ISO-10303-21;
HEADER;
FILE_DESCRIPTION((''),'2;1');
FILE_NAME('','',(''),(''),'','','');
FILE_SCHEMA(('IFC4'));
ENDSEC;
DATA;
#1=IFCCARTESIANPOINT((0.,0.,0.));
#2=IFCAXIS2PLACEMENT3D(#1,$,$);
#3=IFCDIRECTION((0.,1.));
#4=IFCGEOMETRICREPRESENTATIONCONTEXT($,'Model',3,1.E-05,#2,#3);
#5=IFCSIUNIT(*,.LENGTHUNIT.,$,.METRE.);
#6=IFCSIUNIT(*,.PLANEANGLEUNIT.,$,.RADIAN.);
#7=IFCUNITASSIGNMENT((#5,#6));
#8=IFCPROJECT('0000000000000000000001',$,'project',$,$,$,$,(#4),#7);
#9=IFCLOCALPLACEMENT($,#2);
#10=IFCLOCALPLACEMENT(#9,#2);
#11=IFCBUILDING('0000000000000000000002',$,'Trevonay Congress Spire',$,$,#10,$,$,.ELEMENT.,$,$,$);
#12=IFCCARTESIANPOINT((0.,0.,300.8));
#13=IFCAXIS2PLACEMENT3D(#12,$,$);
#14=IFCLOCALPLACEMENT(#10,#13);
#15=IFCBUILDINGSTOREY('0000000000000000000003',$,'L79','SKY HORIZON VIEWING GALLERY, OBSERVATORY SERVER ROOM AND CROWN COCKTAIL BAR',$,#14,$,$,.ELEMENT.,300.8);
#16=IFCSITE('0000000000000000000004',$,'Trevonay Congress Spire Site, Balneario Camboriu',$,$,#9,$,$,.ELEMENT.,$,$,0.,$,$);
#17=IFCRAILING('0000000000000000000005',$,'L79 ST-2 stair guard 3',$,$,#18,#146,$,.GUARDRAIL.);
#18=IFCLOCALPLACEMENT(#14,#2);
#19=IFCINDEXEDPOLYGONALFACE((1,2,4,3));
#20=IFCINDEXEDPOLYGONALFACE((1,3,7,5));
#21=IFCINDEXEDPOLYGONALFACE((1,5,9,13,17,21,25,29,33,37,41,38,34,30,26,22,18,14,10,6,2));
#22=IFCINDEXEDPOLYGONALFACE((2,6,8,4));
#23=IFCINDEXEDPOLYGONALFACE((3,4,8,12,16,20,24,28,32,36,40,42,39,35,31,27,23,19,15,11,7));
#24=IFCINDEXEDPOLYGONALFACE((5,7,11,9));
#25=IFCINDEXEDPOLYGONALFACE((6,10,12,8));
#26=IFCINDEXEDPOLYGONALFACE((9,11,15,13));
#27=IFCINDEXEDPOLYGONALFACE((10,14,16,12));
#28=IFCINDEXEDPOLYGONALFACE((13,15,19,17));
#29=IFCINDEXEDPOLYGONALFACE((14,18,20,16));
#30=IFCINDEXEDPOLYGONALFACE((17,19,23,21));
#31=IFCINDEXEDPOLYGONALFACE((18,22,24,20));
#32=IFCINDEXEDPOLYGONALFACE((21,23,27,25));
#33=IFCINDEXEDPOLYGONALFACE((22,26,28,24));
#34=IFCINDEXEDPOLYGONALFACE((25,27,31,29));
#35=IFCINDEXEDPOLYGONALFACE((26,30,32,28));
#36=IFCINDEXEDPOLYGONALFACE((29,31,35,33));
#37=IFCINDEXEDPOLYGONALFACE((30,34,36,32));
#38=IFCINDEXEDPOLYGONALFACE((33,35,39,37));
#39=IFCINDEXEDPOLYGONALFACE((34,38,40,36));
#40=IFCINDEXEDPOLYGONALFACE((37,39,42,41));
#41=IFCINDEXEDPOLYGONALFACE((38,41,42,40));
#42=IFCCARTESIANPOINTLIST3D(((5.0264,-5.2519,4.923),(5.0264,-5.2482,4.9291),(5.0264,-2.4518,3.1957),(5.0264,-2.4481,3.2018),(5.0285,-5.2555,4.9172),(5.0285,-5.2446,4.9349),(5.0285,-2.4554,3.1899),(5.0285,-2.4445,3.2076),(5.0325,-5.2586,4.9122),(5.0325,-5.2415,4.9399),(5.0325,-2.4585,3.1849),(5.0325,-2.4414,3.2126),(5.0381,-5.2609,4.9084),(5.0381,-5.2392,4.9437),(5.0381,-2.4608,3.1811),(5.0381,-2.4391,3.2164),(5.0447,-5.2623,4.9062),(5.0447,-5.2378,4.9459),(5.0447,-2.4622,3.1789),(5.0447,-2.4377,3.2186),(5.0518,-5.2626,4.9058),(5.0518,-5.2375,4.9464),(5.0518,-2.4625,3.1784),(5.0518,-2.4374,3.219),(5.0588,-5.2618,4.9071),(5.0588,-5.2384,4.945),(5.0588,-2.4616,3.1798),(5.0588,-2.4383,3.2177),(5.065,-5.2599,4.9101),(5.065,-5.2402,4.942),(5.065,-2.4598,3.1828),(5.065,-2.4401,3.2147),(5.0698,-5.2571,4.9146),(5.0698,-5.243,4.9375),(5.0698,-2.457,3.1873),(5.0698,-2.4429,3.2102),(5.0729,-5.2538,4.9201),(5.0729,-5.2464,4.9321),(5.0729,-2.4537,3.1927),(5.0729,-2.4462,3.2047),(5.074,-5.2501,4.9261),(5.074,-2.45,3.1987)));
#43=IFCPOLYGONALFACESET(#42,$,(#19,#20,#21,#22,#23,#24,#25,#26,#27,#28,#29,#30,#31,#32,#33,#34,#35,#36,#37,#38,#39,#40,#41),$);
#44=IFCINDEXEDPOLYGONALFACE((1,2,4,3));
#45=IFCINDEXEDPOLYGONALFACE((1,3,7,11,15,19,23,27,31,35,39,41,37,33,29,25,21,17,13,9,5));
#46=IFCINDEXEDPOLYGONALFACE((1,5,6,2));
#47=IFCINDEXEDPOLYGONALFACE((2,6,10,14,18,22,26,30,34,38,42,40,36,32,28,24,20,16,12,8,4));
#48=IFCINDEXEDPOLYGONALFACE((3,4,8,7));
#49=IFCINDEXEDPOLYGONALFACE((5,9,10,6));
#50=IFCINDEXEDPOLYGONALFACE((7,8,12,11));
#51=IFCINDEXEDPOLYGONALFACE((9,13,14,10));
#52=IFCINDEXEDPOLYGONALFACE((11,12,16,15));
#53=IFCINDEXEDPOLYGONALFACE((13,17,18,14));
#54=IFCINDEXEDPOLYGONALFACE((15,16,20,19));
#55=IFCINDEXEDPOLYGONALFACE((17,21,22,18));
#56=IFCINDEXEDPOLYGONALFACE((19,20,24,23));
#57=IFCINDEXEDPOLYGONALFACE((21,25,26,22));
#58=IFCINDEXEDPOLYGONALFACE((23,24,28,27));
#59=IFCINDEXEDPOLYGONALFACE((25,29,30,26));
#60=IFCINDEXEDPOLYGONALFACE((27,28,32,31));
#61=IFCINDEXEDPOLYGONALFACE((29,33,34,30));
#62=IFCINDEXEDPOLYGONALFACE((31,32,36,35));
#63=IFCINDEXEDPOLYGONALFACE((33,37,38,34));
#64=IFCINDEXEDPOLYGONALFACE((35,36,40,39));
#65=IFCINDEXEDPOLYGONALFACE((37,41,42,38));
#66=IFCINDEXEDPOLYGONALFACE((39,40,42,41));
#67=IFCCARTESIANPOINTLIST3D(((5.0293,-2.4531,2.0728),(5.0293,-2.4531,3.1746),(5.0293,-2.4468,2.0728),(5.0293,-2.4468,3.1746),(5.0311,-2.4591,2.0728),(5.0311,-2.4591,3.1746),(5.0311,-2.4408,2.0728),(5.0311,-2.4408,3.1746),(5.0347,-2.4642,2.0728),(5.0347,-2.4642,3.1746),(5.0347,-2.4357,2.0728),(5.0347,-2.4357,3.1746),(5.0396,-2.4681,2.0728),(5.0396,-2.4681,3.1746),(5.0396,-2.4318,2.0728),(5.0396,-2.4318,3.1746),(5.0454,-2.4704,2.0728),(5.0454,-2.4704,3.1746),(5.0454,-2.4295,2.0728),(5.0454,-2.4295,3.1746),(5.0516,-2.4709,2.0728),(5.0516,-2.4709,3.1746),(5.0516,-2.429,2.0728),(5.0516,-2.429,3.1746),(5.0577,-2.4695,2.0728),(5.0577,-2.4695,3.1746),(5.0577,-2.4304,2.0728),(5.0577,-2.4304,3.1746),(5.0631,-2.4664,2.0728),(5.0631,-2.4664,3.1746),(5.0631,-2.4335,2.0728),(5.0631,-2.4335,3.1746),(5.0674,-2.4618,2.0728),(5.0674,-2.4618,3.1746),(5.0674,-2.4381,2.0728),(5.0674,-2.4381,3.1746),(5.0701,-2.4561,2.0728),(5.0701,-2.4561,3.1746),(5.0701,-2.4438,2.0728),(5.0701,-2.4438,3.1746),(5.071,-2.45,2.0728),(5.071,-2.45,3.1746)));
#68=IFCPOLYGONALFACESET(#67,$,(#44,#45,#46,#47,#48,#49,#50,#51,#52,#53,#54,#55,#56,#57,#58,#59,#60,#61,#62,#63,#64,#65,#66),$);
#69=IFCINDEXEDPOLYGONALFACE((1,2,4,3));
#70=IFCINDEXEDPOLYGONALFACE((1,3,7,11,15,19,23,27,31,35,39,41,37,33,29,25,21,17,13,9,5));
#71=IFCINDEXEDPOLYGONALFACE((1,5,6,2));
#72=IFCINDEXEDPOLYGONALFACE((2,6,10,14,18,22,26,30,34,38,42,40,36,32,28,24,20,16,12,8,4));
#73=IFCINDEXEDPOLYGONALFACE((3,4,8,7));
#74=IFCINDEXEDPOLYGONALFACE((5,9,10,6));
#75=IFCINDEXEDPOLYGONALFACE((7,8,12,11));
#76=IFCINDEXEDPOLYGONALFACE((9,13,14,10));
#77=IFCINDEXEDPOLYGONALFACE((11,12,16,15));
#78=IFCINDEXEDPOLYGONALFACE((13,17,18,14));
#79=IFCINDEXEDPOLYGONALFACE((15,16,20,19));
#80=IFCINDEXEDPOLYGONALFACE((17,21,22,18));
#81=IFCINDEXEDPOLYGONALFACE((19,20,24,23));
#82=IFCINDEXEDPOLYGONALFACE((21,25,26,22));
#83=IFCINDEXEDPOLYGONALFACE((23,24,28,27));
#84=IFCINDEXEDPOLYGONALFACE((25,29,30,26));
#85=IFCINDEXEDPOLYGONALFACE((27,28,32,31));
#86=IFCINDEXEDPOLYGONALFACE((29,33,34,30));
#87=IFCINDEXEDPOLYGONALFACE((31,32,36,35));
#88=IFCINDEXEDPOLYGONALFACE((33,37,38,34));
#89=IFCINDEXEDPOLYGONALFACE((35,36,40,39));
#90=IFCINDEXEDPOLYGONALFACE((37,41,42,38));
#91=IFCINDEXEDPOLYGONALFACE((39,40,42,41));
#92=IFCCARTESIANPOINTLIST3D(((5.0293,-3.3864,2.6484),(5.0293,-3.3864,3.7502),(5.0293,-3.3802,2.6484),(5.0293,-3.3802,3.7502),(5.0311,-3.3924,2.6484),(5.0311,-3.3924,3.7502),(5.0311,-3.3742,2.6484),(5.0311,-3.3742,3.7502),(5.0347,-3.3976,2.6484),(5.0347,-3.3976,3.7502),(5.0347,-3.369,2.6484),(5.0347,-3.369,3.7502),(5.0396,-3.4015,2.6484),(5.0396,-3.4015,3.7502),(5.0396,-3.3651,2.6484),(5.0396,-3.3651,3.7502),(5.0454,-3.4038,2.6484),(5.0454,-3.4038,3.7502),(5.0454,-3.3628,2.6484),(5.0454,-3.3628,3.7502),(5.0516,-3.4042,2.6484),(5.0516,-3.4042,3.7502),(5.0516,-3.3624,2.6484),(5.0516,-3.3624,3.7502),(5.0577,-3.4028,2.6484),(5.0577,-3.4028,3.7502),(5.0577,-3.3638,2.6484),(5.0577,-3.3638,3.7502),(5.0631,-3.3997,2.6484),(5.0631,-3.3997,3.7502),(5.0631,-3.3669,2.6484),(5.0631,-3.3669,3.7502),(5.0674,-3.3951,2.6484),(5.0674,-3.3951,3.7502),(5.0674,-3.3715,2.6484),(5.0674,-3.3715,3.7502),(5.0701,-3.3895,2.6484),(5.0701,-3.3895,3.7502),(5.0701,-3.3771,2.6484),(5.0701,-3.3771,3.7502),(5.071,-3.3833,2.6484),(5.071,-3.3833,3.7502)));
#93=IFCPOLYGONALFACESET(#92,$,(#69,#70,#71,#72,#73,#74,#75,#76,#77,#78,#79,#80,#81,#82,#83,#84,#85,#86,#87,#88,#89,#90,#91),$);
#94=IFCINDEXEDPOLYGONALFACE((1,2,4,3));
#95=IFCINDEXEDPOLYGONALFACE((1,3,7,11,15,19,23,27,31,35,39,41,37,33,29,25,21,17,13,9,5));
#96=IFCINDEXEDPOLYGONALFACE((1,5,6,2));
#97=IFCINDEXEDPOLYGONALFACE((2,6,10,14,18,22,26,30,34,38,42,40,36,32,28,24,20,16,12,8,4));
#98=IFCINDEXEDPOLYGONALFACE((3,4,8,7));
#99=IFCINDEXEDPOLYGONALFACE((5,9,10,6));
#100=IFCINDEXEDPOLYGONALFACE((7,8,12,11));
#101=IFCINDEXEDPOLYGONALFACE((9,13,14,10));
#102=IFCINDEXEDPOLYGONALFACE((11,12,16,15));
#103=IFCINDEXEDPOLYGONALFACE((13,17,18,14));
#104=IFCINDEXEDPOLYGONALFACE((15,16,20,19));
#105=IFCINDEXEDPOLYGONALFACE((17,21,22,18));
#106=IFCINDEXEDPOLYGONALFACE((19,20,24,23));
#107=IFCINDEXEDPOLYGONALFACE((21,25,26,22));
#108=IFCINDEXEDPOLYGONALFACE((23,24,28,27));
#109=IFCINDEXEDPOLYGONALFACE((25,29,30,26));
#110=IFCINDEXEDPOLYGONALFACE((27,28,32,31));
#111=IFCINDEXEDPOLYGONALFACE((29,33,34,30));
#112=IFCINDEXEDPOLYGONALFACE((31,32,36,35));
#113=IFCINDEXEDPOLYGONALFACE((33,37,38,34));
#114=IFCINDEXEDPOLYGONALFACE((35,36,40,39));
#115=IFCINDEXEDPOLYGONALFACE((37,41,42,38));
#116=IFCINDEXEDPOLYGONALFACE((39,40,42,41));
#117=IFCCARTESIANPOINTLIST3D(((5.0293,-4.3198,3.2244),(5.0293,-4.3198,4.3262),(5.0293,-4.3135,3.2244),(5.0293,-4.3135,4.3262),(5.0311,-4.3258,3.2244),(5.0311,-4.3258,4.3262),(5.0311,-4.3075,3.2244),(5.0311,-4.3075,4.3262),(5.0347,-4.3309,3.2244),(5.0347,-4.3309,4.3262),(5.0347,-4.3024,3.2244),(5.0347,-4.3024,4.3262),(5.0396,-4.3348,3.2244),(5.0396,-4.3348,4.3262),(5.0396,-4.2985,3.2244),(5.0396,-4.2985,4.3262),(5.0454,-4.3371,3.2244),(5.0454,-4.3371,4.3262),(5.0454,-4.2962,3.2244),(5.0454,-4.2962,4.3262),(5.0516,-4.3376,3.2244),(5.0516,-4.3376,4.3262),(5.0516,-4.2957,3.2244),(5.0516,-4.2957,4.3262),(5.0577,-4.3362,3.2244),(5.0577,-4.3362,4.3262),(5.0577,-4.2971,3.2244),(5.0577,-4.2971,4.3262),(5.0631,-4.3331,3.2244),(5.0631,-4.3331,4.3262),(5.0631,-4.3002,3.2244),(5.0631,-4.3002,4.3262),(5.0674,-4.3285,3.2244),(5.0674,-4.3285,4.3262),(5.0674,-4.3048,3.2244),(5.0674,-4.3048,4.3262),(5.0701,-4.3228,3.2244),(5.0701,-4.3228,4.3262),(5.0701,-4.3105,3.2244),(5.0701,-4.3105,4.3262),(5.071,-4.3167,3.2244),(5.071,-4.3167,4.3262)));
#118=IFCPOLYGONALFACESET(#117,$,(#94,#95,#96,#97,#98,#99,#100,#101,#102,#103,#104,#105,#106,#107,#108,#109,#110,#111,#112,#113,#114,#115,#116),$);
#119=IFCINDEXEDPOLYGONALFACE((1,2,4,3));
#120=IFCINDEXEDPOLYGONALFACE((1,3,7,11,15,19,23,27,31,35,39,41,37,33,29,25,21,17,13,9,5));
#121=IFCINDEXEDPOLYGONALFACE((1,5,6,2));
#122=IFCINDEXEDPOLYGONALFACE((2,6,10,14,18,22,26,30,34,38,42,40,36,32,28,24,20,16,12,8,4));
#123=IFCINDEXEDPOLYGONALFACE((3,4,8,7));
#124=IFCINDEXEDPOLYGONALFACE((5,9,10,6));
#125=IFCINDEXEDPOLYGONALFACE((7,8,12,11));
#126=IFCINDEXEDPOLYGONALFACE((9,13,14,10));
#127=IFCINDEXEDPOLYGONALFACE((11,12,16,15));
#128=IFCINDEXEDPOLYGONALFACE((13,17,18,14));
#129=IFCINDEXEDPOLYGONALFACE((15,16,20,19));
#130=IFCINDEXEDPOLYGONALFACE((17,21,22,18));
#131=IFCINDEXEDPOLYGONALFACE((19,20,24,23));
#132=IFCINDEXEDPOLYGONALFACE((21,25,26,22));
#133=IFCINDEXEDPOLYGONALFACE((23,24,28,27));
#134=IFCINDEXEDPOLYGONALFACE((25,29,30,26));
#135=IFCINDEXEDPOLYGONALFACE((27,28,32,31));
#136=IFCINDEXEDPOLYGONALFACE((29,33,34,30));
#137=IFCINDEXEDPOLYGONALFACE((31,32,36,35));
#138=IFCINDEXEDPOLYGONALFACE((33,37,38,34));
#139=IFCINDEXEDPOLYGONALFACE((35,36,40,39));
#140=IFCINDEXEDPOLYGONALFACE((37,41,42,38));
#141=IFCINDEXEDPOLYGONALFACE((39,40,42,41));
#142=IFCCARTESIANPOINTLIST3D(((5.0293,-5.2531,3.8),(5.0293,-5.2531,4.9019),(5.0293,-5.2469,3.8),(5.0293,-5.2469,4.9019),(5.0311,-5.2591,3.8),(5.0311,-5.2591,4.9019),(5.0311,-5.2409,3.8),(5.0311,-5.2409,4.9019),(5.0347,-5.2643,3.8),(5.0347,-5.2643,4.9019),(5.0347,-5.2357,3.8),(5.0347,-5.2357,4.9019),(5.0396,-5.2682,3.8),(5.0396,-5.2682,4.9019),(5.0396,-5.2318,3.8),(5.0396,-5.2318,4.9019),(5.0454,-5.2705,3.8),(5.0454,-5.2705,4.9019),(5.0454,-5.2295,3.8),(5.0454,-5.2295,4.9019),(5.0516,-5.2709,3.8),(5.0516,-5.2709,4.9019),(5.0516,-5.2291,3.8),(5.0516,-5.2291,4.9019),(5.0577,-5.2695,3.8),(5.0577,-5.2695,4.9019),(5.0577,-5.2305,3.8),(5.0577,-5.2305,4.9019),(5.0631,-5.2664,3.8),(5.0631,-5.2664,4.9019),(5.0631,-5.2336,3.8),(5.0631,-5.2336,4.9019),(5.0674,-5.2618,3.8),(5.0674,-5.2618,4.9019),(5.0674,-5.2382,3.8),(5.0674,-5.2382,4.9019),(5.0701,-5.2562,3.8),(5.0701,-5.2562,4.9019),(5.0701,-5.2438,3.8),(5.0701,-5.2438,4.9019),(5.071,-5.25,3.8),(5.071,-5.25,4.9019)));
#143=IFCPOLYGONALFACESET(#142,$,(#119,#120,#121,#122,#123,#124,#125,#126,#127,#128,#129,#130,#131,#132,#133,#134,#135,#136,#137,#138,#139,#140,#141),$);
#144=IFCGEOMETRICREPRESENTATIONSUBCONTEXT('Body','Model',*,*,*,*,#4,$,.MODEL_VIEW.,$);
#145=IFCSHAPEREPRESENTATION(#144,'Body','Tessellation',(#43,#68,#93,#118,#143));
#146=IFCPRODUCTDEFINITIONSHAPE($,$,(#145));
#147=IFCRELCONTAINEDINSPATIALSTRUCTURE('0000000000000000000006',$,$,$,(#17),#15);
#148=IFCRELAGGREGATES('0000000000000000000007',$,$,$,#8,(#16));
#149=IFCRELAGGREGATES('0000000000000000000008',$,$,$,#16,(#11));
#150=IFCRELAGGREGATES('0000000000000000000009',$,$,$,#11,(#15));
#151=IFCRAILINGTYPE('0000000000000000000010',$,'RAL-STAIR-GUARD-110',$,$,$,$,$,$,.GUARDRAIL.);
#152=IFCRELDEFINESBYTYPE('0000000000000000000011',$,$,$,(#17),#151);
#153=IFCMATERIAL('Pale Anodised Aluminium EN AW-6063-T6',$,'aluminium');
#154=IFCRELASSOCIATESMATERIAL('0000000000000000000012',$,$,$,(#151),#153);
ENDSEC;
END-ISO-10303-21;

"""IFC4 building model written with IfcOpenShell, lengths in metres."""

from ifc_helpers import new_model, si_unit, direction, frame, origin, origin_2d, place, context, subcontext, project, spatial, circle, extrude, material, type_object, element, save


model = new_model("IFC4")

# Units and contexts
model_context = context("Model", 3, precision=1e-05, world=origin(), true_north=direction((0.0, 1.0)))
body_context = subcontext(model_context, "Body", "Model", "MODEL_VIEW")
ifc_project = project(units=[si_unit("LENGTHUNIT", "METRE"), si_unit("PLANEANGLEUNIT", "RADIAN")], contexts=[model_context])

# Site, building, storey
site_placement = place(None, origin())
site = spatial("IfcSite", under=ifc_project, at=site_placement, Name="Trevonay Congress Spire Site, Balneario Camboriu", CompositionType="ELEMENT", RefElevation=0.0)
building_placement = place(site_placement, origin())
building = spatial("IfcBuilding", under=site, at=building_placement, Name="Trevonay Congress Spire", CompositionType="ELEMENT")
storey_placement = place(building_placement, frame((0.0, 0.0, 300.8)))
storey = spatial("IfcBuildingStorey", under=building, at=storey_placement, Name="L79", Description="SKY HORIZON VIEWING GALLERY, OBSERVATORY SERVER ROOM AND CROWN COCKTAIL BAR", CompositionType="ELEMENT", Elevation=300.8)

# Railing
ifc_material_1 = material(Name="Pale Anodised Aluminium EN AW-6063-T6", Category="aluminium")
railing_type_1 = type_object("IfcRailingType", Name="RAL-STAIR-GUARD-110", PredefinedType="GUARDRAIL", material=ifc_material_1)
railing_1_placement = place(storey_placement, frame((5.05, -2.45, 2.0728)))
element("IfcRailing", 1, at=railing_1_placement, inside=storey, type_object=railing_type_1, Name="L79 ST-2 stair guard 3", PredefinedType="GUARDRAIL", context=body_context, shape_type="SweptSolid", body=[
    extrude(circle(Radius=0.0239, at=origin_2d()), frame((0.0, 0.0, 1.126), z_axis=(0.0, -0.85109, 0.52502), x_axis=(1.0, 0.0, 0.0)), (0.0, 0.0, 1.0), 3.29),
    extrude(circle(Radius=0.021, at=origin_2d()), origin(), (0.0, 0.0, 1.0), 1.1018),
    extrude(circle(Radius=0.021, at=origin_2d()), frame((0.0, -0.9333, 0.5757)), (0.0, 0.0, 1.0), 1.1018),
    extrude(circle(Radius=0.021, at=origin_2d()), frame((0.0, -1.8667, 1.1516)), (0.0, 0.0, 1.0), 1.1018),
    extrude(circle(Radius=0.021, at=origin_2d()), frame((0.0, -2.8, 1.7273)), (0.0, 0.0, 1.0), 1.1018),
])

save(model, "model.ifc")
